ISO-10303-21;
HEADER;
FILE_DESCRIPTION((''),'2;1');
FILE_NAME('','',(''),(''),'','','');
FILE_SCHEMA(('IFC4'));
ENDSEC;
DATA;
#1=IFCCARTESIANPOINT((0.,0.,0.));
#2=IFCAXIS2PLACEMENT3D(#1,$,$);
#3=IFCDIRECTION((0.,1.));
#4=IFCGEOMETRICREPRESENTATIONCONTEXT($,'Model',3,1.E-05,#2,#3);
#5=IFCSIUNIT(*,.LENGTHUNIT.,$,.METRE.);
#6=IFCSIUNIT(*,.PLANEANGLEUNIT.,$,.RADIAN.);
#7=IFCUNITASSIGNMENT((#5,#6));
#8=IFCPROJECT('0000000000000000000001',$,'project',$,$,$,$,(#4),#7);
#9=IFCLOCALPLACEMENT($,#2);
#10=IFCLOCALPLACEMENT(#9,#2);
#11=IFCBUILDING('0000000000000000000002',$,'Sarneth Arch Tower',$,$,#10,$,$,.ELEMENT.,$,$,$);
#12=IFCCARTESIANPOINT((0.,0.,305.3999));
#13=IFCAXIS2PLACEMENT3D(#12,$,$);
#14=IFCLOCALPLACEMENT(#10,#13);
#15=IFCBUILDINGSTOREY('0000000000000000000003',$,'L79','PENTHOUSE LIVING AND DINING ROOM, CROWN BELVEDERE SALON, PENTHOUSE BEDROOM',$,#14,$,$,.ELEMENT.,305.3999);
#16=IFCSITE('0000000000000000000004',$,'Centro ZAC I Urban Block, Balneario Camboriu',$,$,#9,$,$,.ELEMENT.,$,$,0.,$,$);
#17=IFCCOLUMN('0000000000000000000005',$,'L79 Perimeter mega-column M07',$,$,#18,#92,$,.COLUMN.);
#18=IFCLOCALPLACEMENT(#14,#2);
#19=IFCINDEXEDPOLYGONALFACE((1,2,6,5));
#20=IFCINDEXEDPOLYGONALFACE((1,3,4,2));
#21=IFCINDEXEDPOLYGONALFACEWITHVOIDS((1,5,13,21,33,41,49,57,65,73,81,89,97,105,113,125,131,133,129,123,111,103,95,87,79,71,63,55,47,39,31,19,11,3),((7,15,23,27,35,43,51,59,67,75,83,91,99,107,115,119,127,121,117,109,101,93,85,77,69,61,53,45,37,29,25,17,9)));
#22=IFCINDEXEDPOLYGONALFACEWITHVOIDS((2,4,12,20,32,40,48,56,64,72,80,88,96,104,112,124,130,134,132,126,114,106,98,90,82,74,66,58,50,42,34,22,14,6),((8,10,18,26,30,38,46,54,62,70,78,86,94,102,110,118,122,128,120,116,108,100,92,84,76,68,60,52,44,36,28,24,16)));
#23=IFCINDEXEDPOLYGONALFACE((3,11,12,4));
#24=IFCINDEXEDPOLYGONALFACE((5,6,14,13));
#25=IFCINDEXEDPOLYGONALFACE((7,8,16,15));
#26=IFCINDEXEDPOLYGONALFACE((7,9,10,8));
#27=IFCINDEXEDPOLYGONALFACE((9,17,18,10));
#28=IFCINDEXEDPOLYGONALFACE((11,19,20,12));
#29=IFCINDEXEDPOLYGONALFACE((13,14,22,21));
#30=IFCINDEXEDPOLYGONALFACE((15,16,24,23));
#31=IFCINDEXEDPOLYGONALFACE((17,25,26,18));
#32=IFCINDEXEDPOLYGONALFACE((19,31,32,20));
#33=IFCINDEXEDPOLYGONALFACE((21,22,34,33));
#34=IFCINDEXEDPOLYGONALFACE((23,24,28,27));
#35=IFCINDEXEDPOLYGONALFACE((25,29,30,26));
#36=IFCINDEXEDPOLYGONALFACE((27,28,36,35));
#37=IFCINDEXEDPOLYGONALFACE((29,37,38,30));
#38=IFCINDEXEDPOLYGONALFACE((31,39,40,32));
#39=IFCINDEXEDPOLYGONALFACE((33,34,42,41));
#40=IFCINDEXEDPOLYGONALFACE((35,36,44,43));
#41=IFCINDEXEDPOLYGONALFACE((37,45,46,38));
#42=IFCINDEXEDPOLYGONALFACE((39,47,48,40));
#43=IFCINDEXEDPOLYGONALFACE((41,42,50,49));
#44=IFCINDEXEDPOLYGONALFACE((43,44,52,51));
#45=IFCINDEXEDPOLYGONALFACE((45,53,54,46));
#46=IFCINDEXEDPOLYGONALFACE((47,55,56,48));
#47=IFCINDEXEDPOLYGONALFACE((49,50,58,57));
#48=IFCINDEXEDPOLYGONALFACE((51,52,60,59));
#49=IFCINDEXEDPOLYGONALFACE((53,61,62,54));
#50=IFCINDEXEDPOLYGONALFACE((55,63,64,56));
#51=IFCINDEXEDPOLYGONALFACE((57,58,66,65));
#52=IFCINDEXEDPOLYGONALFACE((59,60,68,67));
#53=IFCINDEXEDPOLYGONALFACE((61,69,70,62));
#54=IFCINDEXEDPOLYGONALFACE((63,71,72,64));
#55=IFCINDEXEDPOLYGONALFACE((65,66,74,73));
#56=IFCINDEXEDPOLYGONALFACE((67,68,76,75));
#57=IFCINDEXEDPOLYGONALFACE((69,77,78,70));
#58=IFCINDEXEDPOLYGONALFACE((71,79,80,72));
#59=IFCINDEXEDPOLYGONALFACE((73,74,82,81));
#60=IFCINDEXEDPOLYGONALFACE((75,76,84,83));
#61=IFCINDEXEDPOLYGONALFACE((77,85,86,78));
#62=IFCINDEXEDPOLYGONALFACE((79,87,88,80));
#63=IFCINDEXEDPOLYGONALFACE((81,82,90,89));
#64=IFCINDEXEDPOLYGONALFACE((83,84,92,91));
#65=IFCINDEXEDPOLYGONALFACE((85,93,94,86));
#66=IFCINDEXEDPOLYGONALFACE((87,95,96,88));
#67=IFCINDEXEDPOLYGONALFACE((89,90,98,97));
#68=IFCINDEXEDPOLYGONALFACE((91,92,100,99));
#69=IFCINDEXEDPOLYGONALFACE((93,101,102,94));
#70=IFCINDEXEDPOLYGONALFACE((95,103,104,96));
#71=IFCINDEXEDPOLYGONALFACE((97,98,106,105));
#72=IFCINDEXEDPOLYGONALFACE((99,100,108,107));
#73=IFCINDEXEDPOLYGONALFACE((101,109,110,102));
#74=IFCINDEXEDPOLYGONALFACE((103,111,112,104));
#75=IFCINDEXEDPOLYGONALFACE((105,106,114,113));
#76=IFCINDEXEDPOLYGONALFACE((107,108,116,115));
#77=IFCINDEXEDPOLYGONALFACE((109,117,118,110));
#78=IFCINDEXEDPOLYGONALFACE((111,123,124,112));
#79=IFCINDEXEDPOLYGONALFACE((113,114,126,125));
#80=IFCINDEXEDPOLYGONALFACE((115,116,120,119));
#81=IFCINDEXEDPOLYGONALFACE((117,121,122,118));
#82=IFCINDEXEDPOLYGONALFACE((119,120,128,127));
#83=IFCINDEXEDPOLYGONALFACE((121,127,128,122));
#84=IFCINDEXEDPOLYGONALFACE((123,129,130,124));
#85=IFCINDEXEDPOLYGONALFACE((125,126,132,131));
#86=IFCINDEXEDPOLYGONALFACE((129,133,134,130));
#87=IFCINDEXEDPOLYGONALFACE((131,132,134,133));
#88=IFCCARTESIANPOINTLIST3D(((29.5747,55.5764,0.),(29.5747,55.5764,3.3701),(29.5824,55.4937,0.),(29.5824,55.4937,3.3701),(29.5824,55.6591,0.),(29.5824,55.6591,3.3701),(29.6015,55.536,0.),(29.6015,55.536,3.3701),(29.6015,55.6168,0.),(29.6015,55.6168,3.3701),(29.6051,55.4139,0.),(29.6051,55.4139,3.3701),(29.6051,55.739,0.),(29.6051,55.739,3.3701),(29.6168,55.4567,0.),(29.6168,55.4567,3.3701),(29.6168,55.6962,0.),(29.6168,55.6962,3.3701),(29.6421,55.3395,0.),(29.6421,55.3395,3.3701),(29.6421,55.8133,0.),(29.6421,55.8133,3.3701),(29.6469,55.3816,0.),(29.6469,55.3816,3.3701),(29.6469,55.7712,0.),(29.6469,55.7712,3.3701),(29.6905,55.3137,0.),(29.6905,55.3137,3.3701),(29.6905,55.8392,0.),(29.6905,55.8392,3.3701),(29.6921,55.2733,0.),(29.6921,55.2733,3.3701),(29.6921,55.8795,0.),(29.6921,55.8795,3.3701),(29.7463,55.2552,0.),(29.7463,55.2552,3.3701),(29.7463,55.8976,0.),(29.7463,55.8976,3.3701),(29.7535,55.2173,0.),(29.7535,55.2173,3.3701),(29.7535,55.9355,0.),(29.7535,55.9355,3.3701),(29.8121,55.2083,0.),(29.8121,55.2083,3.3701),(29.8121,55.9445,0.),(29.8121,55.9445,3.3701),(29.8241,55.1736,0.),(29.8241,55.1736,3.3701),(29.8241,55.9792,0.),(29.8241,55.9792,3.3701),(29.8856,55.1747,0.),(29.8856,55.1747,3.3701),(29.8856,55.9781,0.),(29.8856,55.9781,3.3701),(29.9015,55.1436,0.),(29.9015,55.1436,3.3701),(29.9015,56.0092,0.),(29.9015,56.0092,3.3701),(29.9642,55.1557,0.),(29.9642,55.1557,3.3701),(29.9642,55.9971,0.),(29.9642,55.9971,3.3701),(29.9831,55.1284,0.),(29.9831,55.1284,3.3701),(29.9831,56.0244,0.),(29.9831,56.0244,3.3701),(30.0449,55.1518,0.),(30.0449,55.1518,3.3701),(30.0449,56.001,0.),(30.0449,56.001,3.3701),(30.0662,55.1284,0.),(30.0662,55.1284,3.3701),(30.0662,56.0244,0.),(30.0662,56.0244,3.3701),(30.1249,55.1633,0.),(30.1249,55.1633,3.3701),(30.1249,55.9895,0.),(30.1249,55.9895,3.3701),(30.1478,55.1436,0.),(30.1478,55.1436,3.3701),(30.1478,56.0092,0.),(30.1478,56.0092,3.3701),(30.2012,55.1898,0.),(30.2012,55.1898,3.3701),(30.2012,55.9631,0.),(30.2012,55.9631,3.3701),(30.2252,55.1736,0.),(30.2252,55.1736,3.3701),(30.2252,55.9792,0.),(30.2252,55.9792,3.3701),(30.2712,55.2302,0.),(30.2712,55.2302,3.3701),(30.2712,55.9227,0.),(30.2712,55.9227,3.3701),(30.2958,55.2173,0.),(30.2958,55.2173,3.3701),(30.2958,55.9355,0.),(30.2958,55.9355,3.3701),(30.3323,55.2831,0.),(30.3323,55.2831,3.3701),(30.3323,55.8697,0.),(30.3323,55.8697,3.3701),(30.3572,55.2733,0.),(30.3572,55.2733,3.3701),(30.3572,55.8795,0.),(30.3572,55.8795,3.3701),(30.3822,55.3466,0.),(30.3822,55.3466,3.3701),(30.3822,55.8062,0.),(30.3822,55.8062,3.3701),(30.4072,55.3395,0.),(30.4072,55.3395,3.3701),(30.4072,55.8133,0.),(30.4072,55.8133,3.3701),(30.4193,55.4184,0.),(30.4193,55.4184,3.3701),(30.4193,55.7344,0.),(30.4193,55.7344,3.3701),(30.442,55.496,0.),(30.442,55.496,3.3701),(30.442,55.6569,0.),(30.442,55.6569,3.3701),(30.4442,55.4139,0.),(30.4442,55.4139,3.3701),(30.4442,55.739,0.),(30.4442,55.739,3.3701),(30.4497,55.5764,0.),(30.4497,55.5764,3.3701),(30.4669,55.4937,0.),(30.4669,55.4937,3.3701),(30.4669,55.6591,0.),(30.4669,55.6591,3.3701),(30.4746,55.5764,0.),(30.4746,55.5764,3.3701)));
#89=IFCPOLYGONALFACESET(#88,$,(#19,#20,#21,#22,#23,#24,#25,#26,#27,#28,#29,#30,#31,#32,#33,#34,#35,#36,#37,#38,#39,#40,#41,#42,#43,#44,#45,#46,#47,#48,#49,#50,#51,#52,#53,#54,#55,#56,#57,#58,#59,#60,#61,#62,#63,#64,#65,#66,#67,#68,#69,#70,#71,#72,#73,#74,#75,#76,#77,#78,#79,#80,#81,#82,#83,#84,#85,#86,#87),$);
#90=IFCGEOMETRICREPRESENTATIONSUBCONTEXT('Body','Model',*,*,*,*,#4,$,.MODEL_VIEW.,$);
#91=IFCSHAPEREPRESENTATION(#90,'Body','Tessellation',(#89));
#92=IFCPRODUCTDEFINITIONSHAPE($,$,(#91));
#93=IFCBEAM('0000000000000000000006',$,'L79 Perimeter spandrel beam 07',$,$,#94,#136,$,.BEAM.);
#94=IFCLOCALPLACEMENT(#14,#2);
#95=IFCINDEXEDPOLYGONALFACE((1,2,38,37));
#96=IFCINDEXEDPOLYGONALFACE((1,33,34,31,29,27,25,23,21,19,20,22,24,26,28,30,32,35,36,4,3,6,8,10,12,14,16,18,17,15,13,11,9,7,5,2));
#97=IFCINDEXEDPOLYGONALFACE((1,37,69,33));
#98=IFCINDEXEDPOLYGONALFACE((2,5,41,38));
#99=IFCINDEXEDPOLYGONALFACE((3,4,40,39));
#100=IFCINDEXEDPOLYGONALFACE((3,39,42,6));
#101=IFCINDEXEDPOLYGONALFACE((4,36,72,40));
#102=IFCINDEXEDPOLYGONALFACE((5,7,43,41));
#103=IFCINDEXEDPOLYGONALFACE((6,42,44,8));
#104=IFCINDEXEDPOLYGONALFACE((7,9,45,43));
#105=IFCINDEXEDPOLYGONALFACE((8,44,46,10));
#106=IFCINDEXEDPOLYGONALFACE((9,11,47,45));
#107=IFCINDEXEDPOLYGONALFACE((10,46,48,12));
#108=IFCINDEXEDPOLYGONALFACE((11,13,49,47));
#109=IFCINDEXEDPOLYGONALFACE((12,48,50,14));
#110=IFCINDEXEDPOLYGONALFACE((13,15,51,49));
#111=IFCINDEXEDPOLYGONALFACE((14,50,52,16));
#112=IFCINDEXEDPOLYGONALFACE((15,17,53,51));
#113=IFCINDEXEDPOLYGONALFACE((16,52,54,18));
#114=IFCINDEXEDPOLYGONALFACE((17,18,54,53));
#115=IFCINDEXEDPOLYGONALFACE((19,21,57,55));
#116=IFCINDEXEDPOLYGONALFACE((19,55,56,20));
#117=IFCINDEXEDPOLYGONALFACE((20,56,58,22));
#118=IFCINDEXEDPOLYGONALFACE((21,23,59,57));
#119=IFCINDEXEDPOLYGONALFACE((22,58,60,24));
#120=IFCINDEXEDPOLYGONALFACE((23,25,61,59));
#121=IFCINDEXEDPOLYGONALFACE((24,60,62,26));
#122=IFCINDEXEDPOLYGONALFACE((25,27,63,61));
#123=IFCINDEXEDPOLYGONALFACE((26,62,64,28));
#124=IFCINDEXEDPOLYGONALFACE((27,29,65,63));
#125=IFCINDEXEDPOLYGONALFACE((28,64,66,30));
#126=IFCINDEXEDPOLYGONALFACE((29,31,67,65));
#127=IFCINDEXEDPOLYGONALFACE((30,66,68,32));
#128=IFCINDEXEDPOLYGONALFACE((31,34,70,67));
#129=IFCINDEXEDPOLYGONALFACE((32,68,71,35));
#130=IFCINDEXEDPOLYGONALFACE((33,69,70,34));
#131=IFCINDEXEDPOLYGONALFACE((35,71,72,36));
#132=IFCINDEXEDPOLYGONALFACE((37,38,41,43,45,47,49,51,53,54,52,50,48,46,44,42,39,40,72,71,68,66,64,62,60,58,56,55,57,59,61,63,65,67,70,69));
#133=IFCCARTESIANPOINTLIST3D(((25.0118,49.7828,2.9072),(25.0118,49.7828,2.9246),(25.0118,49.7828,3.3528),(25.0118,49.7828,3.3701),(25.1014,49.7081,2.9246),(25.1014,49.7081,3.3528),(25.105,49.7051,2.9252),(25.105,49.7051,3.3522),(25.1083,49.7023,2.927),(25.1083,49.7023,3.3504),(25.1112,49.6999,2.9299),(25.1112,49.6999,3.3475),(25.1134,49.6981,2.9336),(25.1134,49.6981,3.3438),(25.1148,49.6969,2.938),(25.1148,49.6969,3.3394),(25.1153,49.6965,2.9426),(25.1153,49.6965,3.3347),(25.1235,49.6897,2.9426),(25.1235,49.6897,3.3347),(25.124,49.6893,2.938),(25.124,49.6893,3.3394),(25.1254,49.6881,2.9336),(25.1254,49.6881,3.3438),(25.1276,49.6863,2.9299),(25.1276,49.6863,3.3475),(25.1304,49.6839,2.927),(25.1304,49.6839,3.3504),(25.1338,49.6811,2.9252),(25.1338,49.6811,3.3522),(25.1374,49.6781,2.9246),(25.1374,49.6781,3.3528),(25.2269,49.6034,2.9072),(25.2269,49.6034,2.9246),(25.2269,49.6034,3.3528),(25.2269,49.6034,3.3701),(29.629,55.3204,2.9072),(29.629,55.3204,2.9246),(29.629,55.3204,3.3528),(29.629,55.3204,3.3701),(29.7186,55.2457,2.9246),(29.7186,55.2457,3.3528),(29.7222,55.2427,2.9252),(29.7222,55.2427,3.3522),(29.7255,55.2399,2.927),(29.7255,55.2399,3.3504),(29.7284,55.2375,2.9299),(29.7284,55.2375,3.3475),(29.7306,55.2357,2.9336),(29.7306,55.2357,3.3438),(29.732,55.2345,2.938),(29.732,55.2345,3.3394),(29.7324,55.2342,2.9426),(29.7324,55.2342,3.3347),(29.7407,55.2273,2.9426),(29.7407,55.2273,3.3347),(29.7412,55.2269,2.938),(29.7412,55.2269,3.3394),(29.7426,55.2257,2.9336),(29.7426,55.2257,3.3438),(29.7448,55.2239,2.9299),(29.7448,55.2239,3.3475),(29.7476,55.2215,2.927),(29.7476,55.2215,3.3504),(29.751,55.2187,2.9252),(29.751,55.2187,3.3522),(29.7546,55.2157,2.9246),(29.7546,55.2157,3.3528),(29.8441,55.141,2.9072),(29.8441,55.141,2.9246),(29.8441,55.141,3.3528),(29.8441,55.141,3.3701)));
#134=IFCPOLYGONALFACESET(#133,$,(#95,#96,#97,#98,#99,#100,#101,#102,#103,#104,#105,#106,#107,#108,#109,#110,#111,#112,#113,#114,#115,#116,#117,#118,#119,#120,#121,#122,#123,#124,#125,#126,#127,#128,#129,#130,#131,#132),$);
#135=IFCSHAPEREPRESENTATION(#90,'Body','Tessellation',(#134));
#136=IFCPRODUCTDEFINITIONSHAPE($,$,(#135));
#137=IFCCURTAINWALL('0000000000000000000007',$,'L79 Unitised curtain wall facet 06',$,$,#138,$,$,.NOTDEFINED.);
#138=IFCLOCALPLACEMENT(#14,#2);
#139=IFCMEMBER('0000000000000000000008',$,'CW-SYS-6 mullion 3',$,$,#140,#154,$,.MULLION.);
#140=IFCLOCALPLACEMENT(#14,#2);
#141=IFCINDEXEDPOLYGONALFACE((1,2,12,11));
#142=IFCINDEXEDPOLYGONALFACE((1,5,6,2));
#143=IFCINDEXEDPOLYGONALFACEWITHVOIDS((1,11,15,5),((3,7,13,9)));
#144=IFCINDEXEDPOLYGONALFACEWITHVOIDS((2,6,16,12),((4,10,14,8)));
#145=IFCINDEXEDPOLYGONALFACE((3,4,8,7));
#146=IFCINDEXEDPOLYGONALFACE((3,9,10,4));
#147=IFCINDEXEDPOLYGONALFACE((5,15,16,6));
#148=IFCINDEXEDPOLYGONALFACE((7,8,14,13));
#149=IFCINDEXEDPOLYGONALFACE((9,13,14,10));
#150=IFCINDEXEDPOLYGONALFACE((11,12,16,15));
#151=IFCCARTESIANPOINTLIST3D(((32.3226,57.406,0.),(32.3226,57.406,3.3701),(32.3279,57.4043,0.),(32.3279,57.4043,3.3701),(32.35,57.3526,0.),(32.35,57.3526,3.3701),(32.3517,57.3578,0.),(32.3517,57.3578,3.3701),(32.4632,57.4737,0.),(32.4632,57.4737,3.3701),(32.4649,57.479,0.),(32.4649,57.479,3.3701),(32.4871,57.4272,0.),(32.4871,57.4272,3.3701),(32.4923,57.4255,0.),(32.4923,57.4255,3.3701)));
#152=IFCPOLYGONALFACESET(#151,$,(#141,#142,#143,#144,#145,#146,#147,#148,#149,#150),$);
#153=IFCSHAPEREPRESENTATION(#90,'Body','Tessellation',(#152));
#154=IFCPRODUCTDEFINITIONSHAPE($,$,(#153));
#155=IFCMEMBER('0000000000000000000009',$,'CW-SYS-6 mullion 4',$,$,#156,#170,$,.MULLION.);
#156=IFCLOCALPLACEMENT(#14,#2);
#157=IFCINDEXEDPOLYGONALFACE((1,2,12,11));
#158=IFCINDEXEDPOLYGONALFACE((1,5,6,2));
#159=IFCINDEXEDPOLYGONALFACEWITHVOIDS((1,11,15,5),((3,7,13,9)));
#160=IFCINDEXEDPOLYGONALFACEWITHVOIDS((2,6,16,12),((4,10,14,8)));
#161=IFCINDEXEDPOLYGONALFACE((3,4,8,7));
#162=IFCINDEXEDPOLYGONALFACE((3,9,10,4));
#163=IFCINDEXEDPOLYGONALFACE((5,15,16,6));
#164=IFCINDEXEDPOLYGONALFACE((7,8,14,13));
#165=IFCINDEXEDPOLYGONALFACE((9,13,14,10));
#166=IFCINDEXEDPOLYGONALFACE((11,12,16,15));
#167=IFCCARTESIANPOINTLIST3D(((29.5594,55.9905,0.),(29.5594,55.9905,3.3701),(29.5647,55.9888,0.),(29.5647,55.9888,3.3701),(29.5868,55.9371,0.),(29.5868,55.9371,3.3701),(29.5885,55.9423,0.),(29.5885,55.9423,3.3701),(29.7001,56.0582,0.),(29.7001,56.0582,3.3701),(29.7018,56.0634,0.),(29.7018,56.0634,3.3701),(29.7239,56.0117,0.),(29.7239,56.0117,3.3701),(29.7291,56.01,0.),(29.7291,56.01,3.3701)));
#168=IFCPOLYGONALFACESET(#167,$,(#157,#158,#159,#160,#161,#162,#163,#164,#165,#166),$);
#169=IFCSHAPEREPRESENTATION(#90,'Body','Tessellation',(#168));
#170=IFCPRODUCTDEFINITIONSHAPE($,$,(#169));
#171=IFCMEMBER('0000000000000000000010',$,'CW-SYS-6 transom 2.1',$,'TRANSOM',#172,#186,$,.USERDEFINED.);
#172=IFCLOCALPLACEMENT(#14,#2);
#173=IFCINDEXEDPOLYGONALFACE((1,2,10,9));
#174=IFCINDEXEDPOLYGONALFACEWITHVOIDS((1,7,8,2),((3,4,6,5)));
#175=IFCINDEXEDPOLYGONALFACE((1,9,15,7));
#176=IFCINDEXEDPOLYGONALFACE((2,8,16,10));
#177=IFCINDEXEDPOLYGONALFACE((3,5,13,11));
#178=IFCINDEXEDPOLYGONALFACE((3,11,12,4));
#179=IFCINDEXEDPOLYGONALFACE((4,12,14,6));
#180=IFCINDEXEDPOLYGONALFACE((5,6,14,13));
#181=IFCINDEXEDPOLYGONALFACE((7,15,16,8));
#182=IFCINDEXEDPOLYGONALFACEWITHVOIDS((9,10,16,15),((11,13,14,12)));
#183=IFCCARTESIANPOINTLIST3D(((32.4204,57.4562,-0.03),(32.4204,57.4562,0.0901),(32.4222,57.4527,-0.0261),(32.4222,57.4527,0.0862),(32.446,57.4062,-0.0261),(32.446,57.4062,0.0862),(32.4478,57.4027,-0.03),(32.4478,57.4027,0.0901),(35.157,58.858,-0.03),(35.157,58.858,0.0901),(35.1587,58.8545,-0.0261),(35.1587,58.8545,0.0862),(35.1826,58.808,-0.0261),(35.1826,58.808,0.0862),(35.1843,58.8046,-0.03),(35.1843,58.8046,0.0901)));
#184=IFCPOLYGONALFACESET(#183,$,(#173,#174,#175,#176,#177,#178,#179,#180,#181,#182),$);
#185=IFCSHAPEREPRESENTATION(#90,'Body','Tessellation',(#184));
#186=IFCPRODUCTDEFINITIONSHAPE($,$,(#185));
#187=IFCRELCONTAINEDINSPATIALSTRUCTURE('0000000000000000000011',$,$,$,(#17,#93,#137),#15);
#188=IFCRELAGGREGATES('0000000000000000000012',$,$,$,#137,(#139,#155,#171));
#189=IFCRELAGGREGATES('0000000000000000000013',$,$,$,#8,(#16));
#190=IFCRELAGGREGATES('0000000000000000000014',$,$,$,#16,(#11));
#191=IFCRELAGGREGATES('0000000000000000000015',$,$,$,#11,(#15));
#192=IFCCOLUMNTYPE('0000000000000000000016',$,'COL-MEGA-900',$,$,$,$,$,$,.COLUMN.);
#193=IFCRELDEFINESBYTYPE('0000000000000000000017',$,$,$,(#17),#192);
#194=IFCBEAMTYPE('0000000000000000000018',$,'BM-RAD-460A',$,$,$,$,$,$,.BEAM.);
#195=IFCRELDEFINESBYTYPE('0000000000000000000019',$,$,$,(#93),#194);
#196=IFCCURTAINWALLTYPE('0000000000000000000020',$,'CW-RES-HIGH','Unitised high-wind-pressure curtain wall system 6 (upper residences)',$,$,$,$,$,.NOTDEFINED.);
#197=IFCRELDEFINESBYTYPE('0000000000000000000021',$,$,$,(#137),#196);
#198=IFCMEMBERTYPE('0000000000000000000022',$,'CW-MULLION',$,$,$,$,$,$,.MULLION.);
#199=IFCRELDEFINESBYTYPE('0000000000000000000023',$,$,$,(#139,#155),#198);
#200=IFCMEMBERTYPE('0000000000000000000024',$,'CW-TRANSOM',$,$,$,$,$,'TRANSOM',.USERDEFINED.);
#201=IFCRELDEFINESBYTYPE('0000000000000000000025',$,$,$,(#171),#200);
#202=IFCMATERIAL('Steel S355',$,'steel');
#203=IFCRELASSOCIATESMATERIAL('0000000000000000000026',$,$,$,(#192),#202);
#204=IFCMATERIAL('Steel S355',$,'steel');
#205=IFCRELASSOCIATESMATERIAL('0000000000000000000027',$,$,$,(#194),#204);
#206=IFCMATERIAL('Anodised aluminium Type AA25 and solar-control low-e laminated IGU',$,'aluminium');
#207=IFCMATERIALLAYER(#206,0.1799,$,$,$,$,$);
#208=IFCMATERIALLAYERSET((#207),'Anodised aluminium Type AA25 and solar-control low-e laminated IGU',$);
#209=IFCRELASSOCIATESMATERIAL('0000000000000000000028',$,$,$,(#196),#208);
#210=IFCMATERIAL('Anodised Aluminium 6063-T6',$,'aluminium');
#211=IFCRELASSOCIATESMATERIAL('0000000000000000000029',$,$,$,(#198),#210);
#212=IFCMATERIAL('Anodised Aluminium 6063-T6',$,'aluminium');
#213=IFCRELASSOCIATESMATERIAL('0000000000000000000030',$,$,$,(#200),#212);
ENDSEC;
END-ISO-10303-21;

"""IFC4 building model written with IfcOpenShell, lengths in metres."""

from ifc_helpers import new_model, si_unit, direction, frame, origin, origin_2d, place, context, subcontext, project, spatial, hollow_rectangle, hollow_circle, i_section, extrude, material, layer, layer_set, material_profile, profile_set, type_object, element, aggregate, save


model = new_model("IFC4")

# Units and contexts
model_context = context("Model", 3, precision=1e-05, world=origin(), true_north=direction((0.0, 1.0)))
body_context = subcontext(model_context, "Body", "Model", "MODEL_VIEW")
ifc_project = project(units=[si_unit("LENGTHUNIT", "METRE"), si_unit("PLANEANGLEUNIT", "RADIAN")], contexts=[model_context])

# Site, building, storey
site_placement = place(None, origin())
site = spatial("IfcSite", under=ifc_project, at=site_placement, Name="Centro ZAC I Urban Block, Balneario Camboriu", CompositionType="ELEMENT", RefElevation=0.0)
building_placement = place(site_placement, origin())
building = spatial("IfcBuilding", under=site, at=building_placement, Name="Sarneth Arch Tower", CompositionType="ELEMENT")
storey_placement = place(building_placement, frame((0.0, 0.0, 305.3999)))
storey = spatial("IfcBuildingStorey", under=building, at=storey_placement, Name="L79", Description="PENTHOUSE LIVING AND DINING ROOM, CROWN BELVEDERE SALON, PENTHOUSE BEDROOM", CompositionType="ELEMENT", Elevation=305.3999)

# Column
ifc_material_1 = material(Name="Steel S355", Category="steel")
ifc_material_profile_1 = material_profile(ifc_material_1, hollow_circle(Radius=0.45, WallThickness=0.0249, at=origin_2d()), Name="CHS900x25")
ifc_profile_set_1 = profile_set([ifc_material_profile_1], Name="Steel S355")
column_type = type_object("IfcColumnType", Name="COL-MEGA-900", PredefinedType="COLUMN", material=ifc_profile_set_1)
column_placement = place(storey_placement, frame((30.0247, 55.5764, 0.0), z_axis=(0.0, 0.0, 1.0), x_axis=(1.0, 0.0, 0.0)))
element("IfcColumn", 1, at=column_placement, inside=storey, type_object=column_type, Name="L79 Perimeter mega-column M07", PredefinedType="COLUMN", context=body_context, shape_type="SweptSolid", body=[
    extrude(hollow_circle(Radius=0.45, WallThickness=0.0249, at=origin_2d()), origin(), (0.0, 0.0, 1.0), 3.3701),
])

# Beam
ifc_material_2 = material(Name="Steel S355", Category="steel")
ifc_material_profile_2 = material_profile(ifc_material_2, i_section(OverallWidth=0.28, OverallDepth=0.4629, WebThickness=0.0107, FlangeThickness=0.0173, FilletRadius=0.0181, at=origin_2d()), Name="W460x113")
ifc_profile_set_2 = profile_set([ifc_material_profile_2], Name="Steel S355")
beam_type = type_object("IfcBeamType", Name="BM-RAD-460A", PredefinedType="BEAM", material=ifc_profile_set_2)
beam_placement = place(storey_placement, frame((29.7366, 55.2307, 3.1387), z_axis=(-0.640391, -0.768049, 0.0), x_axis=(0.768049, -0.640391, 0.0)))
element("IfcBeam", 2, at=beam_placement, inside=storey, type_object=beam_type, Name="L79 Perimeter spandrel beam 07", PredefinedType="BEAM", context=body_context, shape_type="SweptSolid", body=[
    extrude(i_section(OverallWidth=0.28, OverallDepth=0.4629, WebThickness=0.0107, FlangeThickness=0.0173, FilletRadius=0.0181, at=origin_2d()), origin(), (0.0, 0.0, 1.0), 7.21),
])

# Curtain wall, members
ifc_material_3 = material(Name="Anodised aluminium Type AA25 and solar-control low-e laminated IGU", Category="aluminium")
ifc_layer_1 = layer(ifc_material_3, 0.1799)
ifc_layer_set_1 = layer_set([ifc_layer_1], Name="Anodised aluminium Type AA25 and solar-control low-e laminated IGU")
curtain_wall_type = type_object("IfcCurtainWallType", Name="CW-RES-HIGH", Description="Unitised high-wind-pressure curtain wall system 6 (upper residences)", PredefinedType="NOTDEFINED", material=ifc_layer_set_1)
curtain_wall_placement = place(storey_placement, origin())
curtain_wall = element("IfcCurtainWall", 3, at=curtain_wall_placement, inside=storey, type_object=curtain_wall_type, Name="L79 Unitised curtain wall facet 06", PredefinedType="NOTDEFINED")
ifc_material_4 = material(Name="Anodised Aluminium 6063-T6", Category="aluminium")
ifc_material_profile_3 = material_profile(ifc_material_4, hollow_rectangle(XDim=0.0601, YDim=0.1599, WallThickness=0.0039, at=origin_2d()), Name="AL-MULL-160x60x4")
ifc_profile_set_3 = profile_set([ifc_material_profile_3], Name="Anodised Aluminium 6063-T6")
member_type_1 = type_object("IfcMemberType", Name="CW-MULLION", PredefinedType="MULLION", material=ifc_profile_set_3)
member_1_placement = place(storey_placement, frame((32.4075, 57.4158, 0.0), z_axis=(0.0, 0.0, 1.0), x_axis=(0.455942, -0.89001, 0.0)))
member_1 = element("IfcMember", 4, at=member_1_placement, type_object=member_type_1, Name="CW-SYS-6 mullion 3", PredefinedType="MULLION", context=body_context, shape_type="SweptSolid", body=[
    extrude(hollow_rectangle(XDim=0.0601, YDim=0.1599, WallThickness=0.0039, at=origin_2d()), origin(), (0.0, 0.0, 1.0), 3.3701),
])
member_2_placement = place(storey_placement, frame((29.6443, 56.0002, 0.0), z_axis=(0.0, 0.0, 1.0), x_axis=(0.455942, -0.89001, 0.0)))
member_2 = element("IfcMember", 5, at=member_2_placement, type_object=member_type_1, Name="CW-SYS-6 mullion 4", PredefinedType="MULLION", context=body_context, shape_type="SweptSolid", body=[
    extrude(hollow_rectangle(XDim=0.0601, YDim=0.1599, WallThickness=0.0039, at=origin_2d()), origin(), (0.0, 0.0, 1.0), 3.3701),
])
ifc_material_5 = material(Name="Anodised Aluminium 6063-T6", Category="aluminium")
ifc_material_profile_4 = material_profile(ifc_material_5, hollow_rectangle(XDim=0.0601, YDim=0.1201, WallThickness=0.0039, at=origin_2d()), Name="AL-TRAN-120x60x4")
ifc_profile_set_4 = profile_set([ifc_material_profile_4], Name="Anodised Aluminium 6063-T6")
member_type_2 = type_object("IfcMemberType", Name="CW-TRANSOM", ElementType="TRANSOM", PredefinedType="USERDEFINED", material=ifc_profile_set_4)
member_3_placement = place(storey_placement, frame((35.1707, 58.8313, 0.03), z_axis=(-0.890017, -0.455926, 0.0), x_axis=(0.455926, -0.890017, 0.0)))
member_3 = element("IfcMember", 6, at=member_3_placement, type_object=member_type_2, Name="CW-SYS-6 transom 2.1", ObjectType="TRANSOM", PredefinedType="USERDEFINED", context=body_context, shape_type="SweptSolid", body=[
    extrude(hollow_rectangle(XDim=0.0601, YDim=0.1201, WallThickness=0.0039, at=origin_2d()), origin(), (0.0, 0.0, 1.0), 3.0747),
])

aggregate(curtain_wall, [member_1, member_2, member_3])

save(model, "model.ifc")
